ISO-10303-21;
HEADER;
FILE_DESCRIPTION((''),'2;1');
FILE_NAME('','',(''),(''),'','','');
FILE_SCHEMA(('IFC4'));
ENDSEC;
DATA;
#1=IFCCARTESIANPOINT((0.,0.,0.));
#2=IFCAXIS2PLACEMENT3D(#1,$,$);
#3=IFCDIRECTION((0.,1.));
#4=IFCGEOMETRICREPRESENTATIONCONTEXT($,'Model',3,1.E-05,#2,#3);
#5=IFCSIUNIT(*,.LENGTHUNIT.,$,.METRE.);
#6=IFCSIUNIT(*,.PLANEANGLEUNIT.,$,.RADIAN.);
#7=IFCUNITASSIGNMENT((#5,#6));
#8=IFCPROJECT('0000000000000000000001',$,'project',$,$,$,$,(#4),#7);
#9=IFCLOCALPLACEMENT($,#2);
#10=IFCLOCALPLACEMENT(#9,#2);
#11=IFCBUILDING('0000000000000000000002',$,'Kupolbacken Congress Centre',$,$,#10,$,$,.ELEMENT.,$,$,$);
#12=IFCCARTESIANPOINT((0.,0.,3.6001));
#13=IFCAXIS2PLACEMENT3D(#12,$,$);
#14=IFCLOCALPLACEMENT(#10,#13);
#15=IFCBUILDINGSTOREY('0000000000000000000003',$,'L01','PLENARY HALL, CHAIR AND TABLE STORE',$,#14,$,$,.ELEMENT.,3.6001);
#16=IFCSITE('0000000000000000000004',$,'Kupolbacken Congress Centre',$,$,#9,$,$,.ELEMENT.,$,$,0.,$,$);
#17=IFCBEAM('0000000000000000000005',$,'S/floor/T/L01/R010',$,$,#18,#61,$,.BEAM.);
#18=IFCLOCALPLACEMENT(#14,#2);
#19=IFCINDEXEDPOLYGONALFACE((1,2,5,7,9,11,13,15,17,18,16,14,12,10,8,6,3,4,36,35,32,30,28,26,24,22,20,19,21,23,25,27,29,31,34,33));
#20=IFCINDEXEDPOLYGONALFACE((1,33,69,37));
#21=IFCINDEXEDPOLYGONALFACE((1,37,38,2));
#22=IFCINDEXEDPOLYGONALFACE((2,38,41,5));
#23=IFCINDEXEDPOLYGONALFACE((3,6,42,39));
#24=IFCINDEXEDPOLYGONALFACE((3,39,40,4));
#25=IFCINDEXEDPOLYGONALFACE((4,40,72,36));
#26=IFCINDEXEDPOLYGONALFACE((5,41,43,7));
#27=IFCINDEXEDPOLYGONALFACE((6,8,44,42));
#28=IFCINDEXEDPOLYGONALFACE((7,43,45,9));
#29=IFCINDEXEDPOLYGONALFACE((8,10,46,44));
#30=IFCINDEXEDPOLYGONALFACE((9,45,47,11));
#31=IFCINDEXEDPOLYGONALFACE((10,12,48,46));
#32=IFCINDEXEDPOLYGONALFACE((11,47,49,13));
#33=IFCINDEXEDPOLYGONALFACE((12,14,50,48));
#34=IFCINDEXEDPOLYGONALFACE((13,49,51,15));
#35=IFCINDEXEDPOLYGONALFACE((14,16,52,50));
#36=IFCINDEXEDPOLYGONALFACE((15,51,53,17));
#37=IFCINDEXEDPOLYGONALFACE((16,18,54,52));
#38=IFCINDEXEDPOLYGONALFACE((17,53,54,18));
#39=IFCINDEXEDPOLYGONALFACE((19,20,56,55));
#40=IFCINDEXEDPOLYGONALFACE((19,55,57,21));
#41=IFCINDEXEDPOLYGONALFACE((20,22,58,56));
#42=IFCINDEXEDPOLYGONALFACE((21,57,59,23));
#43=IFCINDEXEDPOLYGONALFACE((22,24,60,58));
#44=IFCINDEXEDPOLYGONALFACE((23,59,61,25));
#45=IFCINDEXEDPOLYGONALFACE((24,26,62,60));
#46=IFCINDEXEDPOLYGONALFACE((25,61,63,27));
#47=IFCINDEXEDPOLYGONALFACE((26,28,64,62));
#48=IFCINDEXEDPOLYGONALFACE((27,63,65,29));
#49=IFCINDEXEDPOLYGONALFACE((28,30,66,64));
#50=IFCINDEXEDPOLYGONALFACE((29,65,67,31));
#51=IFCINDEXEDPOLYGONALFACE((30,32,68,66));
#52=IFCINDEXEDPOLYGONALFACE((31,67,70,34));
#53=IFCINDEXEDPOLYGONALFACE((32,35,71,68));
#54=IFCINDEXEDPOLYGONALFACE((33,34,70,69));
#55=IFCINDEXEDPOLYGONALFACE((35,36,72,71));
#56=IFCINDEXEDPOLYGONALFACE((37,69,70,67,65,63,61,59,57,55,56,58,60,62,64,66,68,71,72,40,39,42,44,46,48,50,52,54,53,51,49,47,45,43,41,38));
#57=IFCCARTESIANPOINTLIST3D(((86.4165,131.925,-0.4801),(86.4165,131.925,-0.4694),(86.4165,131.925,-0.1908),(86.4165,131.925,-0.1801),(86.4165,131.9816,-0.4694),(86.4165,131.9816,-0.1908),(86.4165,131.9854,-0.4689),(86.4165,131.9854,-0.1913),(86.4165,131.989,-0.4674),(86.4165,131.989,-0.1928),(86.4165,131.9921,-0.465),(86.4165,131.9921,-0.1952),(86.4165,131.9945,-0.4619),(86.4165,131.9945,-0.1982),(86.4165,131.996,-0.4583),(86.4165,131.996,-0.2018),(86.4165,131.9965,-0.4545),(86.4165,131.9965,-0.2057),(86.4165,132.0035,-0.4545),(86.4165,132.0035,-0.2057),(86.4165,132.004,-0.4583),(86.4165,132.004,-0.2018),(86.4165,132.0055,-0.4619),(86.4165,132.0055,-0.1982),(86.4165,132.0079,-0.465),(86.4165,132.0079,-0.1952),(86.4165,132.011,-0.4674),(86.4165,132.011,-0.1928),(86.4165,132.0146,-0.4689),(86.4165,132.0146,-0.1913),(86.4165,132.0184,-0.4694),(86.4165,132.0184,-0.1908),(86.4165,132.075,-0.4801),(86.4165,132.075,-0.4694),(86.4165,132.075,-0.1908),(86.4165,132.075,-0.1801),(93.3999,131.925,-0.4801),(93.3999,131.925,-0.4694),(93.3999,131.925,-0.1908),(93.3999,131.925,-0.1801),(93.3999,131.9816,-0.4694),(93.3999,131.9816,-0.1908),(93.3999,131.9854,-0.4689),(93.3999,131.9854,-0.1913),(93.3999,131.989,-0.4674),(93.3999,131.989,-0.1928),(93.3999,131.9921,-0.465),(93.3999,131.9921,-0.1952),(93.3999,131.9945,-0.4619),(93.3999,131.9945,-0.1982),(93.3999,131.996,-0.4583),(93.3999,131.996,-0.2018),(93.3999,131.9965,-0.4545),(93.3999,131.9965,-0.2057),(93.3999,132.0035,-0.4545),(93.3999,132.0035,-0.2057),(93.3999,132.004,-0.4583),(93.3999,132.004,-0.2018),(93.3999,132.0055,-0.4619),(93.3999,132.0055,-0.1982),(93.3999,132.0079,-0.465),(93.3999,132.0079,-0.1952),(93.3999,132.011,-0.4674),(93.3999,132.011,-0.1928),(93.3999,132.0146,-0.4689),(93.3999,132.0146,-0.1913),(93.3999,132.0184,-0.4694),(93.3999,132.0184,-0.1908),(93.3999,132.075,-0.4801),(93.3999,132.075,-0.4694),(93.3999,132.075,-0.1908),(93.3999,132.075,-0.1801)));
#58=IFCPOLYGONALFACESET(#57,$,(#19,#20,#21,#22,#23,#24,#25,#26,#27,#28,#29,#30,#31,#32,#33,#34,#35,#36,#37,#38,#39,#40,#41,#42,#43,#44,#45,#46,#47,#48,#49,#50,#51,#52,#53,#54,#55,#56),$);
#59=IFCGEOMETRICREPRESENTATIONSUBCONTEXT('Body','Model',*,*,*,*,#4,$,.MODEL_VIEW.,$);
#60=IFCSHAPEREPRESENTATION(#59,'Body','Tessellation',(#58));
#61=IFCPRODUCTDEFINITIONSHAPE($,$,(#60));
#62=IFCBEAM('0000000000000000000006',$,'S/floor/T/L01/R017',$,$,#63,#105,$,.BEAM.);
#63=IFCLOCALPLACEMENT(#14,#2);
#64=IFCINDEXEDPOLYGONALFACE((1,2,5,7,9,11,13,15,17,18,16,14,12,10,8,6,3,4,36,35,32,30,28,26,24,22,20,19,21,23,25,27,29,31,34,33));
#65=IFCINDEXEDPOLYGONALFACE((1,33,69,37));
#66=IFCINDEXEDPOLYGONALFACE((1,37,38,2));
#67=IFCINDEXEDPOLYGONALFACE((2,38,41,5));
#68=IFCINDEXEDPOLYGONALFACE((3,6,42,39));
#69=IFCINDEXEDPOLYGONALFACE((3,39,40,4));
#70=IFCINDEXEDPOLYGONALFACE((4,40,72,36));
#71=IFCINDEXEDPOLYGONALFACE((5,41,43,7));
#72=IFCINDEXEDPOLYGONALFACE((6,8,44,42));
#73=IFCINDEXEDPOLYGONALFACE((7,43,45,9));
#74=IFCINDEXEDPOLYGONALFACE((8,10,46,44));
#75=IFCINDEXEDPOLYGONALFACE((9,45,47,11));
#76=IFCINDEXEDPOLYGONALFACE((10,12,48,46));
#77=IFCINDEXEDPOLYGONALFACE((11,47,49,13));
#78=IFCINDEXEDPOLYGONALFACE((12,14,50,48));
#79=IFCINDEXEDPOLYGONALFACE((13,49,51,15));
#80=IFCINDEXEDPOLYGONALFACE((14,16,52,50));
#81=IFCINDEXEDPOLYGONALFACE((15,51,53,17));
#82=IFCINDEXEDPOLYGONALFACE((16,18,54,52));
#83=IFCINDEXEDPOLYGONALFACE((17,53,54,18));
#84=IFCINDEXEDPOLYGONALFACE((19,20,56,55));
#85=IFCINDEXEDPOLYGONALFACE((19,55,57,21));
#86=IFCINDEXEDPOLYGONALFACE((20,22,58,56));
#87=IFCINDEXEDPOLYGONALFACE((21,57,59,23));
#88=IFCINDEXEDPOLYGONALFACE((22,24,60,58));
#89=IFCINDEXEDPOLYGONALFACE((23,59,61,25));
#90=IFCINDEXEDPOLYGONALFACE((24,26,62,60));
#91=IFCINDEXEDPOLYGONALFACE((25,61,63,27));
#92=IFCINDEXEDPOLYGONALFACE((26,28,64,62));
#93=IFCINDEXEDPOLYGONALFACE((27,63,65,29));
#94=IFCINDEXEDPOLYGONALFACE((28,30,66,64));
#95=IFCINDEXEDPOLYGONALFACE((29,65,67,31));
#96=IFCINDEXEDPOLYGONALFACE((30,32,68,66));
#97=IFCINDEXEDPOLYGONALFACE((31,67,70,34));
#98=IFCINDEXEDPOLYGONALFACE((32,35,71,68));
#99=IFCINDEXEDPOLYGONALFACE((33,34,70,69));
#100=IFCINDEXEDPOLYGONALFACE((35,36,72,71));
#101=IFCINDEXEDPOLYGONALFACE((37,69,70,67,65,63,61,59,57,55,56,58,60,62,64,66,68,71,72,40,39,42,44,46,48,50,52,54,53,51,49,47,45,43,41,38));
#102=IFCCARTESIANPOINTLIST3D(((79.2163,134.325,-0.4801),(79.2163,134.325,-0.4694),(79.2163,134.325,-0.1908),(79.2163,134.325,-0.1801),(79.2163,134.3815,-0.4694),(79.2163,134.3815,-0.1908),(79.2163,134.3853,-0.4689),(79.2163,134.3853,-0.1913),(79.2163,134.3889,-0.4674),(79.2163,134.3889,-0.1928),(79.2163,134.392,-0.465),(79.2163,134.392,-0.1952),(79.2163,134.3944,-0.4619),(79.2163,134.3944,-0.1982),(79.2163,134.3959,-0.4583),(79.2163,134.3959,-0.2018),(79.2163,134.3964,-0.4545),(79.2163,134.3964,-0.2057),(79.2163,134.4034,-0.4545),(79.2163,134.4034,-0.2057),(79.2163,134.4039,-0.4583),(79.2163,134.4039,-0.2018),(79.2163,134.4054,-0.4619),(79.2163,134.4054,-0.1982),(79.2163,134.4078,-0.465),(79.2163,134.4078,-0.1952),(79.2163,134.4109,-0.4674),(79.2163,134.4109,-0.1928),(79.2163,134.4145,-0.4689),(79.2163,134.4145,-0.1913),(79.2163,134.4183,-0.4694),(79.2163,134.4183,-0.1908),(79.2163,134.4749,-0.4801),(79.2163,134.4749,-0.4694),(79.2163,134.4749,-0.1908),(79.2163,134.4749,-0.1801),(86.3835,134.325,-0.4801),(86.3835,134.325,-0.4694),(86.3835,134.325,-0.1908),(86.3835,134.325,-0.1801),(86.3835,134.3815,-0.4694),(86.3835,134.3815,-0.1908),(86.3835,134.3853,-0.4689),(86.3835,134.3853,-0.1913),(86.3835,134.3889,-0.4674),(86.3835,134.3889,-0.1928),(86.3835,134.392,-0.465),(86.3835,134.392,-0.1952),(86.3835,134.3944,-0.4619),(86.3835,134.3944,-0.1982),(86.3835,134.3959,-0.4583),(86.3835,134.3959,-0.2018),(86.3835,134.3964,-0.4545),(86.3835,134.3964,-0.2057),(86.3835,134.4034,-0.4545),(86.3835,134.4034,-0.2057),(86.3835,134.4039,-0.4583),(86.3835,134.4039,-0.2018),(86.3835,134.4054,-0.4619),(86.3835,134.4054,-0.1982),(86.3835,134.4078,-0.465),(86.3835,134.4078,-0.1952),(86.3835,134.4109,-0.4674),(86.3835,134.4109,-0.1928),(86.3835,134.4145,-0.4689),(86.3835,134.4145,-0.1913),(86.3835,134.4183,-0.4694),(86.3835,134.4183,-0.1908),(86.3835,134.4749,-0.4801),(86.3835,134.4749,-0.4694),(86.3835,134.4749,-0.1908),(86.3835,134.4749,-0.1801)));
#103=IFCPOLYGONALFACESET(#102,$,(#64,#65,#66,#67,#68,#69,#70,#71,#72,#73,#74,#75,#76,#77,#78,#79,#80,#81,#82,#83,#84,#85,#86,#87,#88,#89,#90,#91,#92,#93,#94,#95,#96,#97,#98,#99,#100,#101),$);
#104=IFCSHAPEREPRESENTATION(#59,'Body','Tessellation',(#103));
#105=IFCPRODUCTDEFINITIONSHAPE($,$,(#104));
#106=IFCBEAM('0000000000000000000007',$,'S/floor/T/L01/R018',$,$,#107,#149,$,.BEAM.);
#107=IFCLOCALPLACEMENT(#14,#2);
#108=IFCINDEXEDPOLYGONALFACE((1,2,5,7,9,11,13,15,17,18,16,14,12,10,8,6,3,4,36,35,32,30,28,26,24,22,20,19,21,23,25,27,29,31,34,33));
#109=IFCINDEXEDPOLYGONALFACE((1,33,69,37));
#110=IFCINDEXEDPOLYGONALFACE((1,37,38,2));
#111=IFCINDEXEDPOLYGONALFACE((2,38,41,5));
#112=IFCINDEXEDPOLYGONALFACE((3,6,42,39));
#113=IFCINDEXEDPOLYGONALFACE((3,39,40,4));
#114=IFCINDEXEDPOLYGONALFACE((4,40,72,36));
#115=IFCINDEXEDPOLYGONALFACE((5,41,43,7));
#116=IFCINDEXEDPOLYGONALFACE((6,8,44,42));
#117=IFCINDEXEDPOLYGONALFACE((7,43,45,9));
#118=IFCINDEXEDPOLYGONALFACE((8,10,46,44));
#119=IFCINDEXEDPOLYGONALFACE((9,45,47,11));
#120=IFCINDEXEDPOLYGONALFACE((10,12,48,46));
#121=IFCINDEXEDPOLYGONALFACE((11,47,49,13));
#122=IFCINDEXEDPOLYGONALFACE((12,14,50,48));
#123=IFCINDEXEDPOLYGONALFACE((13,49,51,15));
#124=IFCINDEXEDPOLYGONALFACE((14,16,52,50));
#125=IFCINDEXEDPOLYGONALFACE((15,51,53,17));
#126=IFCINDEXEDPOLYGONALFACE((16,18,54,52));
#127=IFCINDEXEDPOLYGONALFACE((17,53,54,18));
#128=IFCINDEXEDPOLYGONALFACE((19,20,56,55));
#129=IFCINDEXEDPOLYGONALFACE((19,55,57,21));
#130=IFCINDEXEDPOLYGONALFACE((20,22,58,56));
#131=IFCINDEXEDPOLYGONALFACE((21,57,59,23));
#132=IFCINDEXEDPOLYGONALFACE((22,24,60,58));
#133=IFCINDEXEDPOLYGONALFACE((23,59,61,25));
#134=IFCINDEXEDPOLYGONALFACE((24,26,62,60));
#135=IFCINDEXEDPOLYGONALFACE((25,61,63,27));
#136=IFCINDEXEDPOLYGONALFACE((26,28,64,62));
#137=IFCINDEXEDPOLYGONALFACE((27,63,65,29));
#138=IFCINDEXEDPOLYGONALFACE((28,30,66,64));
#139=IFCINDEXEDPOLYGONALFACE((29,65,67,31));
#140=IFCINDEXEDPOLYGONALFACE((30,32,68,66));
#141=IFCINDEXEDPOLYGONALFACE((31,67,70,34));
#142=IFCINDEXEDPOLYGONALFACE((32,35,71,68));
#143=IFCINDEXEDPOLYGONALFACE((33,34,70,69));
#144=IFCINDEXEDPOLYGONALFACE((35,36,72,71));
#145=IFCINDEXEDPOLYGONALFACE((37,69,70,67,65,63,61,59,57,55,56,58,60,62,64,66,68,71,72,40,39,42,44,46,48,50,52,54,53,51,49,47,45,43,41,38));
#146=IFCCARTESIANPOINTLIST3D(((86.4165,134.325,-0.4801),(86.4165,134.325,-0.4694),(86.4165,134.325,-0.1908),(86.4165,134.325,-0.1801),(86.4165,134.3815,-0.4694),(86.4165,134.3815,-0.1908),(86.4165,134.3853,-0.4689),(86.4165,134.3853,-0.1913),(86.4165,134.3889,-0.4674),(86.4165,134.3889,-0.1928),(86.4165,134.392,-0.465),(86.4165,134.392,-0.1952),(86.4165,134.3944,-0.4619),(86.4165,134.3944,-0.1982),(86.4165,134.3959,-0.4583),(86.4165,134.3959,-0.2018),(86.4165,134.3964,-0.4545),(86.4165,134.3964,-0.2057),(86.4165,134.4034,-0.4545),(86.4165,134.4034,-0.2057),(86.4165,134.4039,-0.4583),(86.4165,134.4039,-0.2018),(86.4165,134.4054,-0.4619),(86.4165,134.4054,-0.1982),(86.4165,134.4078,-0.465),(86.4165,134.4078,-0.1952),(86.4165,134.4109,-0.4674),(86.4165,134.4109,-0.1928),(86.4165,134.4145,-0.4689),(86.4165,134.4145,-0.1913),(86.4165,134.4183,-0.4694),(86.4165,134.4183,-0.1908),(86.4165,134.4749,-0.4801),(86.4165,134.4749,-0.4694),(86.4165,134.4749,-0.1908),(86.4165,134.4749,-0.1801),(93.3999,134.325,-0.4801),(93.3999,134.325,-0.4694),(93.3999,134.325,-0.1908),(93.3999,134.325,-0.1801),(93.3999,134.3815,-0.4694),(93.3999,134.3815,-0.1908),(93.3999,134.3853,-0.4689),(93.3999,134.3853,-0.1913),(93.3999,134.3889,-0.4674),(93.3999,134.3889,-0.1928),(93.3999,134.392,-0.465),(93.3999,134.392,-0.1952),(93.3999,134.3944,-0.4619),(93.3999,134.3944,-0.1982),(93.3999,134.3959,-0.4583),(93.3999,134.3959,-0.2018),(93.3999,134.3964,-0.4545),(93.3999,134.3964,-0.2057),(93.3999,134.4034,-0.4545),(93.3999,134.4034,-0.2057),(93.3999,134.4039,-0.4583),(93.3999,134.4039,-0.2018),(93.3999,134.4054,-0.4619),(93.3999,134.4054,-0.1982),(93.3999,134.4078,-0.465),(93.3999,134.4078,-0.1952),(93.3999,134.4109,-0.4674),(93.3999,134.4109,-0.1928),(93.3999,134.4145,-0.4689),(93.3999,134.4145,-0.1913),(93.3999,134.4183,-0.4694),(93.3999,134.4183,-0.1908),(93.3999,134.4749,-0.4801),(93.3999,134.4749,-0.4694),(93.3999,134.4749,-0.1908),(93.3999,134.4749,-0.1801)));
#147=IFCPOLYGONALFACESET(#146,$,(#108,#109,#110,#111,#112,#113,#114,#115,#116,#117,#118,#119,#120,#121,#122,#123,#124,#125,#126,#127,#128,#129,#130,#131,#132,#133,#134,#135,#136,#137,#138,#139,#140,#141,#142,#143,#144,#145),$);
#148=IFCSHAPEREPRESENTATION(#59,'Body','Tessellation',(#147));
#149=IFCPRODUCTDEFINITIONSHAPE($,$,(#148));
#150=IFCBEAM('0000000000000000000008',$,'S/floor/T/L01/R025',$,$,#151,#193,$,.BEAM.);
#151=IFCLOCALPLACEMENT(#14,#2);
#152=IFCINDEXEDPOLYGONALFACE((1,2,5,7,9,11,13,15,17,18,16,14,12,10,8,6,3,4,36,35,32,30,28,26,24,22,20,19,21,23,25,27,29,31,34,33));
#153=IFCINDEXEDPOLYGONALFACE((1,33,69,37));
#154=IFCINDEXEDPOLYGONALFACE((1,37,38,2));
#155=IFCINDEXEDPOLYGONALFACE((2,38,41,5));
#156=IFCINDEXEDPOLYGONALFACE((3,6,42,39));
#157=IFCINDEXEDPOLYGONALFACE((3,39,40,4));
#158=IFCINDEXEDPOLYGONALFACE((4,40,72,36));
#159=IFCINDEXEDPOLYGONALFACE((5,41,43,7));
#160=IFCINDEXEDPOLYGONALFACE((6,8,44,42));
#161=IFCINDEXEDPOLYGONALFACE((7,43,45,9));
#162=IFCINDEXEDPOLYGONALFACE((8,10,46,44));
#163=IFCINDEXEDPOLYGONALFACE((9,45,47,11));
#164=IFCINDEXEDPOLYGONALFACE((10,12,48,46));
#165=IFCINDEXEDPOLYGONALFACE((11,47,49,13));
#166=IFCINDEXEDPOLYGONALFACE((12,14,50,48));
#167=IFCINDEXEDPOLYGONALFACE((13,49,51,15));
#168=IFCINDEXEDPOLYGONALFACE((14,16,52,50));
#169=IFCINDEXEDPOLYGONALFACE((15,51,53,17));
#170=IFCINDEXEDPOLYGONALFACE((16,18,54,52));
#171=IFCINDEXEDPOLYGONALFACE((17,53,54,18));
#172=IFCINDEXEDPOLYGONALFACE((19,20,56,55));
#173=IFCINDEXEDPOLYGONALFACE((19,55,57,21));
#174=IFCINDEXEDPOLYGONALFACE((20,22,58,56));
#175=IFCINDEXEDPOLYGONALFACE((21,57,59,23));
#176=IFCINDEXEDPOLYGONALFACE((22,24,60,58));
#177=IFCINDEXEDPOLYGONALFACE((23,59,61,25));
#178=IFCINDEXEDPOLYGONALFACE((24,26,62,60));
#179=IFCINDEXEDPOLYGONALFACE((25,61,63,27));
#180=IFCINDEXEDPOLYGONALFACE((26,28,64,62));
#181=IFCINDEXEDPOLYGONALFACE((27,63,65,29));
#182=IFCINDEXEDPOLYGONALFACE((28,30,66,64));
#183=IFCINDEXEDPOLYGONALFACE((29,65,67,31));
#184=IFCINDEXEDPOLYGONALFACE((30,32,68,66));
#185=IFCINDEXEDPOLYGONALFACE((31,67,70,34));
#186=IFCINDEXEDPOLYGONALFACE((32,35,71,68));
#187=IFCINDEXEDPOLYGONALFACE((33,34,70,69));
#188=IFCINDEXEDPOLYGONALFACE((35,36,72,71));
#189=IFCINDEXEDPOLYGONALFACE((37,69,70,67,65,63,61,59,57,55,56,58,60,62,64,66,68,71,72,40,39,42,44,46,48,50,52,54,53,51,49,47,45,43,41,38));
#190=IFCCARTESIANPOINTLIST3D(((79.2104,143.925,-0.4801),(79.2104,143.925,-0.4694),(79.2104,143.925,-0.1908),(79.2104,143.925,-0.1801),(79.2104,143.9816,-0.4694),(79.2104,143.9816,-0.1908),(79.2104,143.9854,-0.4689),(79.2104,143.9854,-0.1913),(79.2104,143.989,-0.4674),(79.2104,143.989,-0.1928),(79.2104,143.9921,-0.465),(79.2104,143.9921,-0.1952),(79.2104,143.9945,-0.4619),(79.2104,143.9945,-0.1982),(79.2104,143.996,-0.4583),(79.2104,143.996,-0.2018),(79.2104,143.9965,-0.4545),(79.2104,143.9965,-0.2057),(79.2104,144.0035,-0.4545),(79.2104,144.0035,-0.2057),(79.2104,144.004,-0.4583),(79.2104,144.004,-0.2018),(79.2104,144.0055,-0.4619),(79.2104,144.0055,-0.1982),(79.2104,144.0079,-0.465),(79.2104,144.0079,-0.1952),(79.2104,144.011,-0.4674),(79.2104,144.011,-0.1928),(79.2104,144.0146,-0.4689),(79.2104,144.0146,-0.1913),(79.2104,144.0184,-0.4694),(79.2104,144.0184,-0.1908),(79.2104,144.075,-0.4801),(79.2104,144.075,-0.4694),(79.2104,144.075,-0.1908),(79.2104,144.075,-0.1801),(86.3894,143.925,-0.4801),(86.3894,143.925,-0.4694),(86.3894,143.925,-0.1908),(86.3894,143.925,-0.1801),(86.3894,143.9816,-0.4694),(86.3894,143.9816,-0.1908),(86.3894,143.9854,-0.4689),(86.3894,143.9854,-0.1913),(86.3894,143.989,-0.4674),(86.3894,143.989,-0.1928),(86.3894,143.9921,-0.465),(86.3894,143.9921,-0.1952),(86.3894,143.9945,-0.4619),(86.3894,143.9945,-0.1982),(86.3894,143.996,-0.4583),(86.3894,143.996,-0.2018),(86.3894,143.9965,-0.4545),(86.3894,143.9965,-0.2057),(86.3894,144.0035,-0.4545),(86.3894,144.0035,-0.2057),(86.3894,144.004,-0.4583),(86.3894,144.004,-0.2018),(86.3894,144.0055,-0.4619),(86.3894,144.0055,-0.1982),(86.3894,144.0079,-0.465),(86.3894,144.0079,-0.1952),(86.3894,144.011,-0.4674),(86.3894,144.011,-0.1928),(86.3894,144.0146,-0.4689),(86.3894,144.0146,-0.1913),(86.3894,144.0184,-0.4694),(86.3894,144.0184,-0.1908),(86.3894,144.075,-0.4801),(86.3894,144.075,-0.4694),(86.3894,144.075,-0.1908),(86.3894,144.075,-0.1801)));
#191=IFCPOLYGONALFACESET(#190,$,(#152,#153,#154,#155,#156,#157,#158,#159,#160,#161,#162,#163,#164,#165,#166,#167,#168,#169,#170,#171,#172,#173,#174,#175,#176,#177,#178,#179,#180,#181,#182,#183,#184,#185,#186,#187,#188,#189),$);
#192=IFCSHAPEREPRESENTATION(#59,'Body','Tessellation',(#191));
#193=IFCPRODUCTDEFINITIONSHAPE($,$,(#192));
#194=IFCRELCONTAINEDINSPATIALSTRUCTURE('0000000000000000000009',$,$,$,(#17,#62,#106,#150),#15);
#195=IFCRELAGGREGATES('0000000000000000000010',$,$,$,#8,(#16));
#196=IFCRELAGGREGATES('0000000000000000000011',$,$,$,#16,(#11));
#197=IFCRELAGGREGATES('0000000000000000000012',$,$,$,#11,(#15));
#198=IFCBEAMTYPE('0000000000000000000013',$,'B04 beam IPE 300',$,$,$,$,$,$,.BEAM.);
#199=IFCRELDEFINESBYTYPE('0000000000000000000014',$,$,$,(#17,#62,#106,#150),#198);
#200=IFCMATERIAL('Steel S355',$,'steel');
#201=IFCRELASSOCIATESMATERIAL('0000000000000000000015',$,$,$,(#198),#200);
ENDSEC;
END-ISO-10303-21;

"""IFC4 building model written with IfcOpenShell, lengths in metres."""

from ifc_helpers import new_model, si_unit, direction, frame, origin, origin_2d, place, context, subcontext, project, spatial, i_section, extrude, material, material_profile, profile_set, type_object, element, save


model = new_model("IFC4")

# Units and contexts
model_context = context("Model", 3, precision=1e-05, world=origin(), true_north=direction((0.0, 1.0)))
body_context = subcontext(model_context, "Body", "Model", "MODEL_VIEW")
ifc_project = project(units=[si_unit("LENGTHUNIT", "METRE"), si_unit("PLANEANGLEUNIT", "RADIAN")], contexts=[model_context])

# Site, building, storey
site_placement = place(None, origin())
site = spatial("IfcSite", under=ifc_project, at=site_placement, Name="Kupolbacken Congress Centre", CompositionType="ELEMENT", RefElevation=0.0)
building_placement = place(site_placement, origin())
building = spatial("IfcBuilding", under=site, at=building_placement, Name="Kupolbacken Congress Centre", CompositionType="ELEMENT")
storey_placement = place(building_placement, frame((0.0, 0.0, 3.6001)))
storey = spatial("IfcBuildingStorey", under=building, at=storey_placement, Name="L01", Description="PLENARY HALL, CHAIR AND TABLE STORE", CompositionType="ELEMENT", Elevation=3.6001)

# Beams
ifc_material_1 = material(Name="Steel S355", Category="steel")
ifc_material_profile_1 = material_profile(ifc_material_1, i_section(OverallWidth=0.1499, OverallDepth=0.3, WebThickness=0.0071, FlangeThickness=0.0107, FilletRadius=0.0149, at=origin_2d()), Name="IPE 300")
ifc_profile_set_1 = profile_set([ifc_material_profile_1], Name="Steel S355")
beam_type_1 = type_object("IfcBeamType", Name="B04 beam IPE 300", PredefinedType="BEAM", material=ifc_profile_set_1)
beam_1_placement = place(storey_placement, frame((86.4165, 132.0, -0.3301), z_axis=(1.0, 0.0, 0.0), x_axis=(0.0, 1.0, 0.0)))
element("IfcBeam", 1, at=beam_1_placement, inside=storey, type_object=beam_type_1, Name="S/floor/T/L01/R010", PredefinedType="BEAM", context=body_context, shape_type="SweptSolid", body=[
    extrude(i_section(OverallWidth=0.1499, OverallDepth=0.3, WebThickness=0.0071, FlangeThickness=0.0107, FilletRadius=0.0149, at=origin_2d()), origin(), (0.0, 0.0, 1.0), 6.9834),
])
beam_2_placement = place(storey_placement, frame((79.2163, 134.3999, -0.3301), z_axis=(1.0, 0.0, 0.0), x_axis=(0.0, 1.0, 0.0)))
element("IfcBeam", 2, at=beam_2_placement, inside=storey, type_object=beam_type_1, Name="S/floor/T/L01/R017", PredefinedType="BEAM", context=body_context, shape_type="SweptSolid", body=[
    extrude(i_section(OverallWidth=0.1499, OverallDepth=0.3, WebThickness=0.0071, FlangeThickness=0.0107, FilletRadius=0.0149, at=origin_2d()), origin(), (0.0, 0.0, 1.0), 7.1672),
])
beam_3_placement = place(storey_placement, frame((86.4165, 134.3999, -0.3301), z_axis=(1.0, 0.0, 0.0), x_axis=(0.0, 1.0, 0.0)))
element("IfcBeam", 3, at=beam_3_placement, inside=storey, type_object=beam_type_1, Name="S/floor/T/L01/R018", PredefinedType="BEAM", context=body_context, shape_type="SweptSolid", body=[
    extrude(i_section(OverallWidth=0.1499, OverallDepth=0.3, WebThickness=0.0071, FlangeThickness=0.0107, FilletRadius=0.0149, at=origin_2d()), origin(), (0.0, 0.0, 1.0), 6.9834),
])
beam_4_placement = place(storey_placement, frame((79.2104, 144.0, -0.3301), z_axis=(1.0, 0.0, 0.0), x_axis=(0.0, 1.0, 0.0)))
element("IfcBeam", 4, at=beam_4_placement, inside=storey, type_object=beam_type_1, Name="S/floor/T/L01/R025", PredefinedType="BEAM", context=body_context, shape_type="SweptSolid", body=[
    extrude(i_section(OverallWidth=0.1499, OverallDepth=0.3, WebThickness=0.0071, FlangeThickness=0.0107, FilletRadius=0.0149, at=origin_2d()), origin(), (0.0, 0.0, 1.0), 7.179),
])

save(model, "model.ifc")
